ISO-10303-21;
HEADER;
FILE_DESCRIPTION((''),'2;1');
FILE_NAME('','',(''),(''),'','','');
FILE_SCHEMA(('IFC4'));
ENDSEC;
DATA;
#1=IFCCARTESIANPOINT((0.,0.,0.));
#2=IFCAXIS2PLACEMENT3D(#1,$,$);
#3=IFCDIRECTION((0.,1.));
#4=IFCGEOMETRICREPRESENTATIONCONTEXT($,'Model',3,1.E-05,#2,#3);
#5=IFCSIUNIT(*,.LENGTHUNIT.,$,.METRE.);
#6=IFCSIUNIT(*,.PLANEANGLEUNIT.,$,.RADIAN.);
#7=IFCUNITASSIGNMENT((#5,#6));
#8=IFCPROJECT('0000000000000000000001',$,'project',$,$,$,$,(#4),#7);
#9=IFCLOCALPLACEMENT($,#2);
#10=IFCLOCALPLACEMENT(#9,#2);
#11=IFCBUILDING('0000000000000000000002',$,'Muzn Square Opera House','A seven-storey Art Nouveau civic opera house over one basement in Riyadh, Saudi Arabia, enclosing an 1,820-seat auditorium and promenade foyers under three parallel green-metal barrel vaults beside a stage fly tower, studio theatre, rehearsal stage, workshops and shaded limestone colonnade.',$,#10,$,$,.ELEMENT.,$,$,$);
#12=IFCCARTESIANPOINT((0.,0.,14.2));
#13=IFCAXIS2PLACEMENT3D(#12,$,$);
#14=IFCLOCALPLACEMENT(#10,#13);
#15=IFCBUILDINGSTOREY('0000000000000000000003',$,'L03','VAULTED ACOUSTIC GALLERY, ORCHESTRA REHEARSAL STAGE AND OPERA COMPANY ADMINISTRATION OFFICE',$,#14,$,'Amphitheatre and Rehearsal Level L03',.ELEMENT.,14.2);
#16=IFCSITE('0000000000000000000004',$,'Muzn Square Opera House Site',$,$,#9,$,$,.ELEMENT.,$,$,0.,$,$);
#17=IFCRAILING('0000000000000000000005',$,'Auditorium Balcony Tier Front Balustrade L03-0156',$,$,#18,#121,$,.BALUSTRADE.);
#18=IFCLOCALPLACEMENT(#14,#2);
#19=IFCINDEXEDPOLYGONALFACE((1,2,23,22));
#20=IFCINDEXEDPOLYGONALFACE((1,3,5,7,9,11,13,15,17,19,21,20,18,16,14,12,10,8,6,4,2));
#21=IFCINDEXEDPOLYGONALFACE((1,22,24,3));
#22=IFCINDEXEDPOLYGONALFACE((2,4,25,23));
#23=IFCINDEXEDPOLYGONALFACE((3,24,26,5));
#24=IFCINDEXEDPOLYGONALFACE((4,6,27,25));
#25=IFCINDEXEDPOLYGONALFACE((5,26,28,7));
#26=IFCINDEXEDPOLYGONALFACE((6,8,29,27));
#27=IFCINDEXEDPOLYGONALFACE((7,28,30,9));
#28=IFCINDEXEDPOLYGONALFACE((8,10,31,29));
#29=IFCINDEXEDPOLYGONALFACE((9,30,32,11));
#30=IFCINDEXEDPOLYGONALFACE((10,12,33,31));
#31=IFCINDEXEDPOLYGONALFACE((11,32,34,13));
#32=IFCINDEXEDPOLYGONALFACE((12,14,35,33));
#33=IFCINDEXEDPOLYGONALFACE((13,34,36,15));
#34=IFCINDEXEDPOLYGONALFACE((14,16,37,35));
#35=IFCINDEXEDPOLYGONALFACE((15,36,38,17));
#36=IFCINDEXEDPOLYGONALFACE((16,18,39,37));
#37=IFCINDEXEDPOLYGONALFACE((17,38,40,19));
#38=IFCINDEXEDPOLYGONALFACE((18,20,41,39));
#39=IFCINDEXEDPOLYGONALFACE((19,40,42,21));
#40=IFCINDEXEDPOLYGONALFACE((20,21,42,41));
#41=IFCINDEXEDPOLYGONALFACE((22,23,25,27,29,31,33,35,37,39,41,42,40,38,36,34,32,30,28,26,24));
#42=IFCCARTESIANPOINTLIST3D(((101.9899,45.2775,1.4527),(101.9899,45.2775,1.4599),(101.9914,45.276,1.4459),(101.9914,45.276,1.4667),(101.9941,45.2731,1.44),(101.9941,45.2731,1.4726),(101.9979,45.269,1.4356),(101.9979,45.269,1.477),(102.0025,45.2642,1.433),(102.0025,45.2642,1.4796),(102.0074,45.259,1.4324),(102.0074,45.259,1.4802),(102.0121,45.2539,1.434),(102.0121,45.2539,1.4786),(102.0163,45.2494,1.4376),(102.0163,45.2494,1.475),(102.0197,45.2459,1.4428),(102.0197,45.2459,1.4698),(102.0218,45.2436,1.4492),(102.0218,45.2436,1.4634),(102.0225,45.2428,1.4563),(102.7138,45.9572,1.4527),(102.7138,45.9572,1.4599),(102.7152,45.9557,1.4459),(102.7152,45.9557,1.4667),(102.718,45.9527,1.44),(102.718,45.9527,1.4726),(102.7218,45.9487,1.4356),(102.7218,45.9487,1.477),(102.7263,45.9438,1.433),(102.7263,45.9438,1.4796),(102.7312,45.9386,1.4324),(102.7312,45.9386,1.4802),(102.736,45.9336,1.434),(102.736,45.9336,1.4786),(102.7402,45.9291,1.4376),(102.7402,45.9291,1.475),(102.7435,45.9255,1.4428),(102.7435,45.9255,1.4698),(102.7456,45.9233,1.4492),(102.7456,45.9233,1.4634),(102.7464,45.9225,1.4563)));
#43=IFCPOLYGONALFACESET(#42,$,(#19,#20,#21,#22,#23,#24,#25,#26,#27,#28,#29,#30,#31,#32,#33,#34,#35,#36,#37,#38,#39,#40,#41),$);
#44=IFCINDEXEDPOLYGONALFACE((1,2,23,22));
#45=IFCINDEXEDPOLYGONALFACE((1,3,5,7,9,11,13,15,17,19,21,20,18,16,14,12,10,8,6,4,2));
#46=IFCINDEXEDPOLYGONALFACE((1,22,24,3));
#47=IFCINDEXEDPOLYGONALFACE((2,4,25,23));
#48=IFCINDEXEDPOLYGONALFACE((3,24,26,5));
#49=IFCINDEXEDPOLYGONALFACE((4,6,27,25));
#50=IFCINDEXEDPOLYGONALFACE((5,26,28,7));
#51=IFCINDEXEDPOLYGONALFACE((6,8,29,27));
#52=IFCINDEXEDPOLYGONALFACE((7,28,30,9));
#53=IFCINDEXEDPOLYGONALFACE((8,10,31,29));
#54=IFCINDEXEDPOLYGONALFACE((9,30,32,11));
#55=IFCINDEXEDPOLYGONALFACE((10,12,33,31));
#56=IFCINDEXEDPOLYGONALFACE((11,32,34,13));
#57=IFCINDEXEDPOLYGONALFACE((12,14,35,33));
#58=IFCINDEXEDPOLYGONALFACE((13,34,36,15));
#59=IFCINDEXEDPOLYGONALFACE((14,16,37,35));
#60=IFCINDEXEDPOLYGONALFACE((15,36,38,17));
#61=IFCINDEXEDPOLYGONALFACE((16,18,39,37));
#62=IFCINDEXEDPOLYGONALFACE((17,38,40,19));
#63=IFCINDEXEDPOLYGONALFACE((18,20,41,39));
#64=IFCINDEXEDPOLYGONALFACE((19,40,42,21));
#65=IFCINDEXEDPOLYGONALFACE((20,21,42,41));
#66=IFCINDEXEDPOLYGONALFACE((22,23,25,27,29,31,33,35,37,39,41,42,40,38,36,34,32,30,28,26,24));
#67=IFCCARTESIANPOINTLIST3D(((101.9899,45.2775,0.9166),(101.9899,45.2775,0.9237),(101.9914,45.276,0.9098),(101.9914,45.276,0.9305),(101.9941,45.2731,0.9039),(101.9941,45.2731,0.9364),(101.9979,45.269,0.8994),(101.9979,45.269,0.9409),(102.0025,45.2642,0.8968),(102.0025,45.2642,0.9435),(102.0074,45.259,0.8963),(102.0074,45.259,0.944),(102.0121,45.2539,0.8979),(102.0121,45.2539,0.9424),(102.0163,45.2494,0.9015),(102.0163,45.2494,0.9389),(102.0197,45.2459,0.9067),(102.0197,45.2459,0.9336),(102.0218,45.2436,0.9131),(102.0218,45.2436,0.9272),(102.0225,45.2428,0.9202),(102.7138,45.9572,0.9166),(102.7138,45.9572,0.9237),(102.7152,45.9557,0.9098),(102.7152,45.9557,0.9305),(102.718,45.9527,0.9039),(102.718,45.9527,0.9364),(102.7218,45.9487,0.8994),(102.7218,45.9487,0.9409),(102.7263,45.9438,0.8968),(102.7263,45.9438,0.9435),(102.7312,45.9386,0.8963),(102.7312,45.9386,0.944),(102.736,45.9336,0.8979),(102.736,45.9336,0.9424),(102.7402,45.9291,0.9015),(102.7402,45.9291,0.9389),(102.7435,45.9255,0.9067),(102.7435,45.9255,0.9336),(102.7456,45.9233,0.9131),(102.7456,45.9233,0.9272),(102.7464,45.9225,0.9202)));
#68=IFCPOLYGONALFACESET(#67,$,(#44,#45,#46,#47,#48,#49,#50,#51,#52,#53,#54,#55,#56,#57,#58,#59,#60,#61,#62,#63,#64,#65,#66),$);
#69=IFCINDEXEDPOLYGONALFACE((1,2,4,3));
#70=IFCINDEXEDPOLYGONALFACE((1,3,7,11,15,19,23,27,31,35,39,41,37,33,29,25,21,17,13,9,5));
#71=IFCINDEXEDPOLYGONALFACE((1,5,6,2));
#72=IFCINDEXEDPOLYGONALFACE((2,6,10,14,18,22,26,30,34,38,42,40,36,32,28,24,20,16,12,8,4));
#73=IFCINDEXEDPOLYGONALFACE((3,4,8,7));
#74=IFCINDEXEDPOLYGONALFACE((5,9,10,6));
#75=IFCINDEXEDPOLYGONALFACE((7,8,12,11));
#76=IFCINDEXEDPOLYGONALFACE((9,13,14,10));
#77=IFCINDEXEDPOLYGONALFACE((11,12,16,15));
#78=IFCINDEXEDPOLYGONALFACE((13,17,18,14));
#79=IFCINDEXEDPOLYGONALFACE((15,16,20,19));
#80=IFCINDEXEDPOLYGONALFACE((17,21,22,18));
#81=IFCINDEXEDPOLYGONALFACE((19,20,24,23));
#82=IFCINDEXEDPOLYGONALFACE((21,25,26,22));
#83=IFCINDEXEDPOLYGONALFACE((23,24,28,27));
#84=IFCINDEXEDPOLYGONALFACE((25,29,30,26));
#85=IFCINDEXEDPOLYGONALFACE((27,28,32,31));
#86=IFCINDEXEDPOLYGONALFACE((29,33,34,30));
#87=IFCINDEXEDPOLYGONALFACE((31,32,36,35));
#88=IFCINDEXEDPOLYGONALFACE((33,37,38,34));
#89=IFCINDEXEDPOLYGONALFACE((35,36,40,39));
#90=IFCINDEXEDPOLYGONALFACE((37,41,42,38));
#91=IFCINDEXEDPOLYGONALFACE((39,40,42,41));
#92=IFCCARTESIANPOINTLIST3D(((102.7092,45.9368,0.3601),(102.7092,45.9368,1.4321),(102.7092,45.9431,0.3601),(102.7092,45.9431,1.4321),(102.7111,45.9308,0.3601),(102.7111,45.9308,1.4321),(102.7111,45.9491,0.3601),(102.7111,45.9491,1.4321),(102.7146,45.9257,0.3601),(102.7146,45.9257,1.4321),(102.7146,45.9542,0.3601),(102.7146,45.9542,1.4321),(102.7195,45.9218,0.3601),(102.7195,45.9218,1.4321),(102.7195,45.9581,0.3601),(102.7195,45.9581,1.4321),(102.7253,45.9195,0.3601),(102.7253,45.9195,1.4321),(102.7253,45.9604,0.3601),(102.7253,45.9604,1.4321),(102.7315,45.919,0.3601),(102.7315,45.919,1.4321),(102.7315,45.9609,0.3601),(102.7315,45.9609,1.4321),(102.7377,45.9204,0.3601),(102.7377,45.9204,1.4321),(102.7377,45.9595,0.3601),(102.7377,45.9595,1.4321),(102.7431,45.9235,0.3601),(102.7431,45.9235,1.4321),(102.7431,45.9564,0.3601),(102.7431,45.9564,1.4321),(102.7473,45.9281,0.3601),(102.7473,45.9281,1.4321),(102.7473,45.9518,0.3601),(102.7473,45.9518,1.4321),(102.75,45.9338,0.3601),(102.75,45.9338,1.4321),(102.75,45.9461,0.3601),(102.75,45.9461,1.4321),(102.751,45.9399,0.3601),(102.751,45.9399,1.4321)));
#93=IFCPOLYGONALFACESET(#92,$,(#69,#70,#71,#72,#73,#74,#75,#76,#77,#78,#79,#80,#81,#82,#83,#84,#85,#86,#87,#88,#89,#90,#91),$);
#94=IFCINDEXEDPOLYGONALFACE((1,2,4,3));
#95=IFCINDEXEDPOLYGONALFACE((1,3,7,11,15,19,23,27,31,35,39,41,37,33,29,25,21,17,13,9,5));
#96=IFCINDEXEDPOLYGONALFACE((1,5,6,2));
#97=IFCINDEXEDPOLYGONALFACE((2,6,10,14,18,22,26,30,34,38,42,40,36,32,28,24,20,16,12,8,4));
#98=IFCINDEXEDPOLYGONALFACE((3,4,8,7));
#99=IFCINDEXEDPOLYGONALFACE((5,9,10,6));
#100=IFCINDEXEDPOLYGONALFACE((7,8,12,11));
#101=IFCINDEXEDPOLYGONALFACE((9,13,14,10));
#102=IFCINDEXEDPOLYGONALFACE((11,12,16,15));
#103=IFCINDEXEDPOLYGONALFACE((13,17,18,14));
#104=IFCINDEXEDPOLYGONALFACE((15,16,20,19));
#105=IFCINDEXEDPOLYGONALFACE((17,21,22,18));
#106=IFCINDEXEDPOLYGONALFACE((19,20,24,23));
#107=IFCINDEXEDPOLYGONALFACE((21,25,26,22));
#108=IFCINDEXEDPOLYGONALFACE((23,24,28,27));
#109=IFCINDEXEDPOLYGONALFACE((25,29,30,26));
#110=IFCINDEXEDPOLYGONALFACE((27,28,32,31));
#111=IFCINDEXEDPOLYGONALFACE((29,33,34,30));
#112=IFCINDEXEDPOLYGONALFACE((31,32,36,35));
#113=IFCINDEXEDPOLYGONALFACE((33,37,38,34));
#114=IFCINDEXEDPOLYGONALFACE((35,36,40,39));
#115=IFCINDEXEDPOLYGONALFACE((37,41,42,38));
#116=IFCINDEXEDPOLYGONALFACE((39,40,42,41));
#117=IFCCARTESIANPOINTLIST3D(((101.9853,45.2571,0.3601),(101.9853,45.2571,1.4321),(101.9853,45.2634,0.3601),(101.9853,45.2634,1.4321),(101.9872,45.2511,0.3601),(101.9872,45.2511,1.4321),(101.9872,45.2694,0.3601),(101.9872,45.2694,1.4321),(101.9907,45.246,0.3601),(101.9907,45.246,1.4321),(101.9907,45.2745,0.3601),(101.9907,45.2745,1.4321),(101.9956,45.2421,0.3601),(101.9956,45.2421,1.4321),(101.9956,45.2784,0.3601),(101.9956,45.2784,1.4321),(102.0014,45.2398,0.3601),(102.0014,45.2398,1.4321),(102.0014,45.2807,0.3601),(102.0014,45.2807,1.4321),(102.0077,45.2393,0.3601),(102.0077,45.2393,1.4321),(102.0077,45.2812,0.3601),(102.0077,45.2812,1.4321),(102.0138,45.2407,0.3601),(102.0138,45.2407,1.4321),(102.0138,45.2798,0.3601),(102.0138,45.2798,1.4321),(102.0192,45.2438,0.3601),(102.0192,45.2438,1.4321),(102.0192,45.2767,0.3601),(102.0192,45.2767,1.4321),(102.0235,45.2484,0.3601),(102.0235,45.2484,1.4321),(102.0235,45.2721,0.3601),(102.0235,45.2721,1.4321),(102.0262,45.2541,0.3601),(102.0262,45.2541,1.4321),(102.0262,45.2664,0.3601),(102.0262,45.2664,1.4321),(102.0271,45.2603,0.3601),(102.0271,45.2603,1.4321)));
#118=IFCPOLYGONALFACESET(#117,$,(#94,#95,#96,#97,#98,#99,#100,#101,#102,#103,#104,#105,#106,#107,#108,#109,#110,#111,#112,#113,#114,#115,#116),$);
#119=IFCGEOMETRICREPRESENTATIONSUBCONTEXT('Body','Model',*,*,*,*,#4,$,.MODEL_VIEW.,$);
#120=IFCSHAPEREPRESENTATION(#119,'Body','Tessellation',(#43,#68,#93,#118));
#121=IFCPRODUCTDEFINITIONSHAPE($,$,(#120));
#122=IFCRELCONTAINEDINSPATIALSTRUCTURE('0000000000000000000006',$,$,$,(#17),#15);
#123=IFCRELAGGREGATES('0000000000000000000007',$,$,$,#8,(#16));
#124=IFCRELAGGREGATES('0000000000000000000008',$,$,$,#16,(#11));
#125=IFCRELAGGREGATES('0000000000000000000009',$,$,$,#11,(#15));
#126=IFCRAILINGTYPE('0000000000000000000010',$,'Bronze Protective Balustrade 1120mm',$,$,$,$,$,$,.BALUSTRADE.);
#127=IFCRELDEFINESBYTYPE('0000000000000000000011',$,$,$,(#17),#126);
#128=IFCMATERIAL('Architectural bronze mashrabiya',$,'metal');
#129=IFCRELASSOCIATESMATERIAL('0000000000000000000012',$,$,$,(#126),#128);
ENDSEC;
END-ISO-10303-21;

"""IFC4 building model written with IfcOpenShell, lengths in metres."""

from ifc_helpers import new_model, si_unit, direction, frame, origin, origin_2d, place, context, subcontext, project, spatial, circle, extrude, material, type_object, element, save


model = new_model("IFC4")

# Units and contexts
model_context = context("Model", 3, precision=1e-05, world=origin(), true_north=direction((0.0, 1.0)))
body_context = subcontext(model_context, "Body", "Model", "MODEL_VIEW")
ifc_project = project(units=[si_unit("LENGTHUNIT", "METRE"), si_unit("PLANEANGLEUNIT", "RADIAN")], contexts=[model_context])

# Site, building, storey
site_placement = place(None, origin())
site = spatial("IfcSite", under=ifc_project, at=site_placement, Name="Muzn Square Opera House Site", CompositionType="ELEMENT", RefElevation=0.0)
building_placement = place(site_placement, origin())
building = spatial("IfcBuilding", under=site, at=building_placement, Name="Muzn Square Opera House", Description="A seven-storey Art Nouveau civic opera house over one basement in Riyadh, Saudi Arabia, enclosing an 1,820-seat auditorium and promenade foyers under three parallel green-metal barrel vaults beside a stage fly tower, studio theatre, rehearsal stage, workshops and shaded limestone colonnade.", CompositionType="ELEMENT")
storey_placement = place(building_placement, frame((0.0, 0.0, 14.2)))
storey = spatial("IfcBuildingStorey", under=building, at=storey_placement, Name="L03", Description="VAULTED ACOUSTIC GALLERY, ORCHESTRA REHEARSAL STAGE AND OPERA COMPANY ADMINISTRATION OFFICE", LongName="Amphitheatre and Rehearsal Level L03", CompositionType="ELEMENT", Elevation=14.2)

# Railing
ifc_material_1 = material(Name="Architectural bronze mashrabiya", Category="metal")
railing_type = type_object("IfcRailingType", Name="Bronze Protective Balustrade 1120mm", PredefinedType="BALUSTRADE", material=ifc_material_1)
railing_1_placement = place(storey_placement, frame((102.73, 45.9399, 0.3601)))
element("IfcRailing", 1, at=railing_1_placement, inside=storey, type_object=railing_type, Name="Auditorium Balcony Tier Front Balustrade L03-0156", PredefinedType="BALUSTRADE", context=body_context, shape_type="SweptSolid", body=[
    extrude(circle(Radius=0.0239, at=origin_2d()), frame((0.0, 0.0, 1.0962), z_axis=(-0.729008, -0.684505, 0.0), x_axis=(0.684505, -0.729008, 0.0)), (0.0, 0.0, 1.0), 0.9929),
    extrude(circle(Radius=0.0239, at=origin_2d()), frame((0.0, 0.0, 0.5601), z_axis=(-0.729008, -0.684505, 0.0), x_axis=(0.684505, -0.729008, 0.0)), (0.0, 0.0, 1.0), 0.9929),
    extrude(circle(Radius=0.021, at=origin_2d()), origin(), (0.0, 0.0, 1.0), 1.072),
    extrude(circle(Radius=0.021, at=origin_2d()), frame((-0.7239, -0.6797, 0.0)), (0.0, 0.0, 1.0), 1.072),
])

save(model, "model.ifc")
